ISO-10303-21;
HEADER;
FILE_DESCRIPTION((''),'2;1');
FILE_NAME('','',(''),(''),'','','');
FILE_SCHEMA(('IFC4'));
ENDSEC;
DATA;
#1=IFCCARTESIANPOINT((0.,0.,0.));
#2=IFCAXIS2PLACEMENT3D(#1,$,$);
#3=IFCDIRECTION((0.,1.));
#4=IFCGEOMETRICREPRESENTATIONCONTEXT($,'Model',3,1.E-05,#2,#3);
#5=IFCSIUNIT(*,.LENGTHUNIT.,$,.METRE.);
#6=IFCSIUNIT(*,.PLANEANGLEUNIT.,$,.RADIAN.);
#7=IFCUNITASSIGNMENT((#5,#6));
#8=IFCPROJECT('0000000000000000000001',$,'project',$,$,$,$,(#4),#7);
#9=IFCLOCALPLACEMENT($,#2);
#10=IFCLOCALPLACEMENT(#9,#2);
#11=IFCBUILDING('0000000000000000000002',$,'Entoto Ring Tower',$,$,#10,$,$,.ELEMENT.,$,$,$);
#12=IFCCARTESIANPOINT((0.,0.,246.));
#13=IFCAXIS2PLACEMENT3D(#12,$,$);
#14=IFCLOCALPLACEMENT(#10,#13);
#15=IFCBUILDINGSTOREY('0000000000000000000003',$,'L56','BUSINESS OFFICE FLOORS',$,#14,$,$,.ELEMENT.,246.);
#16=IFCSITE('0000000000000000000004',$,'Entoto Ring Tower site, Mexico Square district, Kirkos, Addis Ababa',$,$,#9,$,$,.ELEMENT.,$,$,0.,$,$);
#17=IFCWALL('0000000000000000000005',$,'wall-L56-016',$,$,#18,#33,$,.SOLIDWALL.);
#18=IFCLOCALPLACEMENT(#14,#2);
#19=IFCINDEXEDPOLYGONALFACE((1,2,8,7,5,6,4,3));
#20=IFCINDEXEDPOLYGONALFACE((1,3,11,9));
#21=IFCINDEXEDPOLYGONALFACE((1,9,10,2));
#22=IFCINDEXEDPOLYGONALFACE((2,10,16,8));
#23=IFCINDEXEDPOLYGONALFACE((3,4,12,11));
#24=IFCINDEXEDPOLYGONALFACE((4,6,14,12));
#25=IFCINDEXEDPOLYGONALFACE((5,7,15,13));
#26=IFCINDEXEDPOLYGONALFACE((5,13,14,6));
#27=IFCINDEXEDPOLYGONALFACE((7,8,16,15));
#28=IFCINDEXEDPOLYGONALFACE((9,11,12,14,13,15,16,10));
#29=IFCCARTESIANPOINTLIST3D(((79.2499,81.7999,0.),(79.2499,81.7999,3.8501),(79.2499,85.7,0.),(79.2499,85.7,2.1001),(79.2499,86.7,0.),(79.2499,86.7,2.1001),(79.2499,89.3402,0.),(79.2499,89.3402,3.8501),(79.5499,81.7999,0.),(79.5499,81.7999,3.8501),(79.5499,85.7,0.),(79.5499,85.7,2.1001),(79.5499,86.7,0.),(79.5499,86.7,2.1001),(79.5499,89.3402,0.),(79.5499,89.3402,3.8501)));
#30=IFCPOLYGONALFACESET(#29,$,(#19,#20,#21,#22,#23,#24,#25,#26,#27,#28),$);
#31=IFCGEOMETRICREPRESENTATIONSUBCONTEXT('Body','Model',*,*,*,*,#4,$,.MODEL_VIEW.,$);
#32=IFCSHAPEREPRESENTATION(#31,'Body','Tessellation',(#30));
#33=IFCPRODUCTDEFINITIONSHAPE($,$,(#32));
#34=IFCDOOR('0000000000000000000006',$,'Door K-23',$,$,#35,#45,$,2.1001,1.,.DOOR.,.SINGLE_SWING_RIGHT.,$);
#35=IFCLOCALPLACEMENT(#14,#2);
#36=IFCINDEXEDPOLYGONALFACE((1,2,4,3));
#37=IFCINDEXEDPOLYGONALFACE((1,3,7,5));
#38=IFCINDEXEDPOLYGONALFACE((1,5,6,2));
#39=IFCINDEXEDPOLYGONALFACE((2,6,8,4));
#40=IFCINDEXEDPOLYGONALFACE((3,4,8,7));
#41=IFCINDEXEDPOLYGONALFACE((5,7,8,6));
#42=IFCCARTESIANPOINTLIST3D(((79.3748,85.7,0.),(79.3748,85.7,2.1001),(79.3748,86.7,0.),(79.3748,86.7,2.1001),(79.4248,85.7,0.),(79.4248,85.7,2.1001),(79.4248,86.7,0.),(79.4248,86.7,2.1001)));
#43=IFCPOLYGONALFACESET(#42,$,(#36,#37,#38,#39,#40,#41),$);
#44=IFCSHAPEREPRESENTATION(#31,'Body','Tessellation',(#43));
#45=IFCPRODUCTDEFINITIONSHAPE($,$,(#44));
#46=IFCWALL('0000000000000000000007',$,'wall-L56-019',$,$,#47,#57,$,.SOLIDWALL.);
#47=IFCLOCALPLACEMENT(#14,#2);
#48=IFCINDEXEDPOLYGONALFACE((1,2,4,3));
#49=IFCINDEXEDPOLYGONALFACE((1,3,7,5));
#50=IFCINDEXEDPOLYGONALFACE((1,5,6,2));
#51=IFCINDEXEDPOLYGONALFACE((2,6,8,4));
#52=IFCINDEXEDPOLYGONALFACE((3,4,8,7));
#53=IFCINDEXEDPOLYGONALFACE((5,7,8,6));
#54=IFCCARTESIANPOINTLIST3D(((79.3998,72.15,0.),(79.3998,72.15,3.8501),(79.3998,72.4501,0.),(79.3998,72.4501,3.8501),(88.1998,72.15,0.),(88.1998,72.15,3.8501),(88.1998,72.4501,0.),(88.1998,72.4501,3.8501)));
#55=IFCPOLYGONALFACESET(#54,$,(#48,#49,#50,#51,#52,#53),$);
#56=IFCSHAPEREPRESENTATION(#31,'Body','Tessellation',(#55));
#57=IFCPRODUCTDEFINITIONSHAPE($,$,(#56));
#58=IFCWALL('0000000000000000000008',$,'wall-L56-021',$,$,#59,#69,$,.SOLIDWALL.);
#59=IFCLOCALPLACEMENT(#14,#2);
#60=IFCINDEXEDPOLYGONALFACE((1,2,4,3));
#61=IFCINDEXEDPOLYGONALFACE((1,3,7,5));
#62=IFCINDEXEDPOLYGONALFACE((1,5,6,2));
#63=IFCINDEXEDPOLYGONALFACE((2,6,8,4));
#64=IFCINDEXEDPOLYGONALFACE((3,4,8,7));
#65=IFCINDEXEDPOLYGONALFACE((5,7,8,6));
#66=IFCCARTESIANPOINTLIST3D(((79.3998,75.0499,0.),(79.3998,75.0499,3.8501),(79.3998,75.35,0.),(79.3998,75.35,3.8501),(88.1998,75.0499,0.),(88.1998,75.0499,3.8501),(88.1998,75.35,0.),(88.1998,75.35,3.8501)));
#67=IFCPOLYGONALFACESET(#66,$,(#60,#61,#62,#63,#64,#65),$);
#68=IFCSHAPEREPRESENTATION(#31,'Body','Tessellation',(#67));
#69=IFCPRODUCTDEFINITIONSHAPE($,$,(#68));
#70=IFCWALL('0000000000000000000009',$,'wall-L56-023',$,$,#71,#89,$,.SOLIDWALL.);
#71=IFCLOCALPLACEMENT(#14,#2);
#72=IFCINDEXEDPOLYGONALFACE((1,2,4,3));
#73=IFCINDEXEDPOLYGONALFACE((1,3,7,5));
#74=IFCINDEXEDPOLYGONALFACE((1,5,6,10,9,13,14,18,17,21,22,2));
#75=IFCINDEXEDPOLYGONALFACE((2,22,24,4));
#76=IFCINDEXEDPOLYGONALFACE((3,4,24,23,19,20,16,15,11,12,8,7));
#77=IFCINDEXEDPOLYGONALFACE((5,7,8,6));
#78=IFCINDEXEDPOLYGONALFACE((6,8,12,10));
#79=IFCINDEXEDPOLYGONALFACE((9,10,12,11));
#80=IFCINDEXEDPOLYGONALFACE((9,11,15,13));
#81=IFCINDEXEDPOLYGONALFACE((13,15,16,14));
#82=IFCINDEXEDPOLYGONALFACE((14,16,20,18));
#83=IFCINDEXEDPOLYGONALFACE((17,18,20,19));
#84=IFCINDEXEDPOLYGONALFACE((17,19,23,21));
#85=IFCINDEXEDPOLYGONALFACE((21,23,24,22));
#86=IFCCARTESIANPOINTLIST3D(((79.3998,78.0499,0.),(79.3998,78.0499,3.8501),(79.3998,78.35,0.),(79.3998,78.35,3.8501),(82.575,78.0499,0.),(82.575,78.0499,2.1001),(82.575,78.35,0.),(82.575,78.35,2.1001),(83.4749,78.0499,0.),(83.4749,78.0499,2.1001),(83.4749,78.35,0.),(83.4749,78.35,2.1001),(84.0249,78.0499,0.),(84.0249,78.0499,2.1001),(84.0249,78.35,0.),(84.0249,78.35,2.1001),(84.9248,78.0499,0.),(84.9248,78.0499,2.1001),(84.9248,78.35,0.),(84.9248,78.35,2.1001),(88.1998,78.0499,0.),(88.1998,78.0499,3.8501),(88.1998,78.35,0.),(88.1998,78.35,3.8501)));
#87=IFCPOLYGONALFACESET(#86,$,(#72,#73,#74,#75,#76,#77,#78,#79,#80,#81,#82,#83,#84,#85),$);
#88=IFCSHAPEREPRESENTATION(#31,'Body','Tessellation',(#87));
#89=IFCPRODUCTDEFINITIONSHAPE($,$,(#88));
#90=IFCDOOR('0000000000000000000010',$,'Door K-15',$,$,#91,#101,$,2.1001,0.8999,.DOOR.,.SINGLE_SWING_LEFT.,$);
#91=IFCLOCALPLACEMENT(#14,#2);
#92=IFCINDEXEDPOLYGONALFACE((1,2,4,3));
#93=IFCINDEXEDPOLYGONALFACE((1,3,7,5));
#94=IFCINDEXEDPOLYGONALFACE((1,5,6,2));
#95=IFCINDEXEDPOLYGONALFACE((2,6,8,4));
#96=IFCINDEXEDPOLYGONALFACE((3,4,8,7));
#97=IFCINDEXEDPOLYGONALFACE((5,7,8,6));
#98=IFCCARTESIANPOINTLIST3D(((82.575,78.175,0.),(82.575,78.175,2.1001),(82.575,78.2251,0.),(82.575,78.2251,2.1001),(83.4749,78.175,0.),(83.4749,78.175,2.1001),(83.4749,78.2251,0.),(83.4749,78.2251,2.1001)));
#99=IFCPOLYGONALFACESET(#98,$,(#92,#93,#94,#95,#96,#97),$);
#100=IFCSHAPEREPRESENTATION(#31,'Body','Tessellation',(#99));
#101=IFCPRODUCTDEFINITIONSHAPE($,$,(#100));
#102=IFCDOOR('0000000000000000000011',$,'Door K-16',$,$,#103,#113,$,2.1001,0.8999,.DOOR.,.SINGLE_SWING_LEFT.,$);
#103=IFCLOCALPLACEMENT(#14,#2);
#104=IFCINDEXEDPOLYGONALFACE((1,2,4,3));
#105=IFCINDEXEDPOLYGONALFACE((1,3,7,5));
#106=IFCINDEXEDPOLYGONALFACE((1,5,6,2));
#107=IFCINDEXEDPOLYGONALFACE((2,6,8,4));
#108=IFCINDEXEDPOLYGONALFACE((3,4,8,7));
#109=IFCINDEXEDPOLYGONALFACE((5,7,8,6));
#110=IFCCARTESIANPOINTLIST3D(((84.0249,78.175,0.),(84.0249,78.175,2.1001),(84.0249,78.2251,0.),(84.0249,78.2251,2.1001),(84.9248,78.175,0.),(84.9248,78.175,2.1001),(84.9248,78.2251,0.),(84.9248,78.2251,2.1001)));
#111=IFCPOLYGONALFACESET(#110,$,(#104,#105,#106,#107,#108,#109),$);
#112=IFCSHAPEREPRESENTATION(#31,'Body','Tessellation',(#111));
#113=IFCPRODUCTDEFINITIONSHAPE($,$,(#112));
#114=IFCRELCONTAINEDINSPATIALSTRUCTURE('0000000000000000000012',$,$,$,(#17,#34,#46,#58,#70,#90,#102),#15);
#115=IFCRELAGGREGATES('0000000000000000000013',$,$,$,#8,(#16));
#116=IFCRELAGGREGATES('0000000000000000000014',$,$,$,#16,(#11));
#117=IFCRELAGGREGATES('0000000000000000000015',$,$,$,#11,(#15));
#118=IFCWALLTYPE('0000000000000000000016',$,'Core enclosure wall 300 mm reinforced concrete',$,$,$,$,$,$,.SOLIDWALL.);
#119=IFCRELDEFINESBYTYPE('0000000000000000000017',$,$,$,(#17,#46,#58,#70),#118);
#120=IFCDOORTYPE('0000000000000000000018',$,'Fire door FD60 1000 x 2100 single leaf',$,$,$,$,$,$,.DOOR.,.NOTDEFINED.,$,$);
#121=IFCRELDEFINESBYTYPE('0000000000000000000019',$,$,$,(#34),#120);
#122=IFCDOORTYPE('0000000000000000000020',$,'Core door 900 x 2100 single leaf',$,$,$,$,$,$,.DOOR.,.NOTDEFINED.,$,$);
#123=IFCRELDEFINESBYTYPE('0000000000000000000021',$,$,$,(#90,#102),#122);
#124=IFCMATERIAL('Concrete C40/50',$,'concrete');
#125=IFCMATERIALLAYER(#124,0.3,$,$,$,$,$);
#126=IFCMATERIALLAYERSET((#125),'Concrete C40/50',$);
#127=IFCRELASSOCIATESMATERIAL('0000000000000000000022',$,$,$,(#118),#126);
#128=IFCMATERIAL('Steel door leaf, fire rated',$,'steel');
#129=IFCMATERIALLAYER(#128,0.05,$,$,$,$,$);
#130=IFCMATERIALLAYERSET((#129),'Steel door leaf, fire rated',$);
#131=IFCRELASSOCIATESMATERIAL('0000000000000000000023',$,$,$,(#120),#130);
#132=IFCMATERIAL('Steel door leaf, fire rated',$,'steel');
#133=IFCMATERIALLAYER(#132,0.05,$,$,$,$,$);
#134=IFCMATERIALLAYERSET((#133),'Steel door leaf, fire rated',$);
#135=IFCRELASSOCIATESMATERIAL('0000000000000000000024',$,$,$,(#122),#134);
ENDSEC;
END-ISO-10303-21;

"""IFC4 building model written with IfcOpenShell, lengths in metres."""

from ifc_helpers import new_model, si_unit, direction, frame, frame_2d, origin, place, context, subcontext, project, spatial, rectangle, extrude, material, layer, layer_set, type_object, element, fill, save


model = new_model("IFC4")

# Units and contexts
model_context = context("Model", 3, precision=1e-05, world=origin(), true_north=direction((0.0, 1.0)))
body_context = subcontext(model_context, "Body", "Model", "MODEL_VIEW")
ifc_project = project(units=[si_unit("LENGTHUNIT", "METRE"), si_unit("PLANEANGLEUNIT", "RADIAN")], contexts=[model_context])

# Site, building, storey
site_placement = place(None, origin())
site = spatial("IfcSite", under=ifc_project, at=site_placement, Name="Entoto Ring Tower site, Mexico Square district, Kirkos, Addis Ababa", CompositionType="ELEMENT", RefElevation=0.0)
building_placement = place(site_placement, origin())
building = spatial("IfcBuilding", under=site, at=building_placement, Name="Entoto Ring Tower", CompositionType="ELEMENT")
storey_placement = place(building_placement, frame((0.0, 0.0, 246.0)))
storey = spatial("IfcBuildingStorey", under=building, at=storey_placement, Name="L56", Description="BUSINESS OFFICE FLOORS", CompositionType="ELEMENT", Elevation=246.0)

# Shared definitions
ifc_material_1 = material(Name="Concrete C40/50", Category="concrete")
ifc_layer_1 = layer(ifc_material_1, 0.3)
ifc_layer_set_1 = layer_set([ifc_layer_1], Name="Concrete C40/50")
wall_type_1 = type_object("IfcWallType", Name="Core enclosure wall 300 mm reinforced concrete", PredefinedType="SOLIDWALL", material=ifc_layer_set_1)

# Wall, opening, door
wall_1_placement = place(storey_placement, frame((79.3999, 81.8, 0.0), z_axis=(0.0, 0.0, 1.0), x_axis=(0.0, 1.0, 0.0)))
wall_1 = element("IfcWall", 1, at=wall_1_placement, inside=storey, type_object=wall_type_1, Name="wall-L56-016", PredefinedType="SOLIDWALL", context=body_context, shape_type="SweptSolid", body=[
    extrude(rectangle(XDim=7.5403, YDim=0.3, at=frame_2d((3.77, 0.0))), origin(), (0.0, 0.0, 1.0), 3.8501),
])
opening_1_placement = place(wall_1_placement, frame((3.8999, 0.0, 0.0)))
opening_1 = element("IfcOpeningElement", 2, at=opening_1_placement, cuts=wall_1, PredefinedType="OPENING", context=body_context, shape_type="SweptSolid", body=[
    extrude(rectangle(XDim=1.0, YDim=2.1001, at=frame_2d((0.5, 1.05))), frame((0.0, 0.1602, 0.0), z_axis=(0.0, -1.0, 0.0), x_axis=(1.0, 0.0, 0.0)), (0.0, 0.0, 1.0), 0.3201),
])
ifc_material_2 = material(Name="Steel door leaf, fire rated", Category="steel")
ifc_layer_2 = layer(ifc_material_2, 0.05)
ifc_layer_set_2 = layer_set([ifc_layer_2], Name="Steel door leaf, fire rated")
door_type_1 = type_object("IfcDoorType", Name="Fire door FD60 1000 x 2100 single leaf", OperationType="NOTDEFINED", PredefinedType="DOOR", material=ifc_layer_set_2)
door_1_placement = place(opening_1_placement, frame((1.0, 0.0, 0.0), z_axis=(0.0, 0.0, 1.0), x_axis=(-1.0, 0.0, 0.0)))
door_1 = element("IfcDoor", 3, at=door_1_placement, inside=storey, type_object=door_type_1, Name="Door K-23", OperationType="SINGLE_SWING_RIGHT", OverallHeight=2.1001, OverallWidth=1.0, PredefinedType="DOOR", context=body_context, shape_type="SweptSolid", body=[
    extrude(rectangle(XDim=1.0, YDim=2.1001, at=frame_2d((0.5, 1.05))), frame((0.0, 0.0249, 0.0), z_axis=(0.0, -1.0, 0.0), x_axis=(1.0, 0.0, 0.0)), (0.0, 0.0, 1.0), 0.05),
])
fill(opening_1, door_1)

# Walls
for number, where, z_axis, x_axis, name in (
    (4, (79.3999, 72.3, 0.0), (0.0, 0.0, 1.0), (1.0, 0.0, 0.0), "wall-L56-019"),
    (5, (79.3999, 75.2, 0.0), (0.0, 0.0, 1.0), (1.0, 0.0, 0.0), "wall-L56-021"),
):
    element("IfcWall", number, at=place(storey_placement, frame(where, z_axis=z_axis, x_axis=x_axis)), inside=storey, type_object=wall_type_1, Name=name, PredefinedType="SOLIDWALL", context=body_context, shape_type="SweptSolid", body=[
        extrude(rectangle(XDim=8.8, YDim=0.3, at=frame_2d((4.3999, 0.0))), origin(), (0.0, 0.0, 1.0), 3.8501),
    ])

# Wall, openings, doors
wall_2_placement = place(storey_placement, frame((79.3999, 78.2, 0.0), z_axis=(0.0, 0.0, 1.0), x_axis=(1.0, 0.0, 0.0)))
wall_2 = element("IfcWall", 6, at=wall_2_placement, inside=storey, type_object=wall_type_1, Name="wall-L56-023", PredefinedType="SOLIDWALL", context=body_context, shape_type="SweptSolid", body=[
    extrude(rectangle(XDim=8.8, YDim=0.3, at=frame_2d((4.3999, 0.0))), origin(), (0.0, 0.0, 1.0), 3.8501),
])
opening_2_placement = place(wall_2_placement, frame((3.175, 0.0, 0.0)))
opening_2 = element("IfcOpeningElement", 7, at=opening_2_placement, cuts=wall_2, PredefinedType="OPENING", context=body_context, shape_type="SweptSolid", body=[
    extrude(rectangle(XDim=0.8999, YDim=2.1001, at=frame_2d((0.45, 1.05))), frame((0.0, 0.1602, 0.0), z_axis=(0.0, -1.0, 0.0), x_axis=(1.0, 0.0, 0.0)), (0.0, 0.0, 1.0), 0.3201),
])
opening_3_placement = place(wall_2_placement, frame((4.625, 0.0, 0.0)))
opening_3 = element("IfcOpeningElement", 8, at=opening_3_placement, cuts=wall_2, PredefinedType="OPENING", context=body_context, shape_type="SweptSolid", body=[
    extrude(rectangle(XDim=0.8999, YDim=2.1001, at=frame_2d((0.45, 1.05))), frame((0.0, 0.1602, 0.0), z_axis=(0.0, -1.0, 0.0), x_axis=(1.0, 0.0, 0.0)), (0.0, 0.0, 1.0), 0.3201),
])
ifc_material_3 = material(Name="Steel door leaf, fire rated", Category="steel")
ifc_layer_3 = layer(ifc_material_3, 0.05)
ifc_layer_set_3 = layer_set([ifc_layer_3], Name="Steel door leaf, fire rated")
door_type_2 = type_object("IfcDoorType", Name="Core door 900 x 2100 single leaf", OperationType="NOTDEFINED", PredefinedType="DOOR", material=ifc_layer_set_3)
door_2_placement = place(opening_2_placement, frame((0.8999, 0.0, 0.0), z_axis=(0.0, 0.0, 1.0), x_axis=(-1.0, 0.0, 0.0)))
door_2 = element("IfcDoor", 9, at=door_2_placement, inside=storey, type_object=door_type_2, Name="Door K-15", OperationType="SINGLE_SWING_LEFT", OverallHeight=2.1001, OverallWidth=0.8999, PredefinedType="DOOR", context=body_context, shape_type="SweptSolid", body=[
    extrude(rectangle(XDim=0.8999, YDim=2.1001, at=frame_2d((0.45, 1.05))), frame((0.0, 0.0249, 0.0), z_axis=(0.0, -1.0, 0.0), x_axis=(1.0, 0.0, 0.0)), (0.0, 0.0, 1.0), 0.05),
])
fill(opening_2, door_2)
door_3_placement = place(opening_3_placement, frame((0.8999, 0.0, 0.0), z_axis=(0.0, 0.0, 1.0), x_axis=(-1.0, 0.0, 0.0)))
door_3 = element("IfcDoor", 10, at=door_3_placement, inside=storey, type_object=door_type_2, Name="Door K-16", OperationType="SINGLE_SWING_LEFT", OverallHeight=2.1001, OverallWidth=0.8999, PredefinedType="DOOR", context=body_context, shape_type="SweptSolid", body=[
    extrude(rectangle(XDim=0.8999, YDim=2.1001, at=frame_2d((0.45, 1.05))), frame((0.0, 0.0249, 0.0), z_axis=(0.0, -1.0, 0.0), x_axis=(1.0, 0.0, 0.0)), (0.0, 0.0, 1.0), 0.05),
])
fill(opening_3, door_3)

save(model, "model.ifc")
